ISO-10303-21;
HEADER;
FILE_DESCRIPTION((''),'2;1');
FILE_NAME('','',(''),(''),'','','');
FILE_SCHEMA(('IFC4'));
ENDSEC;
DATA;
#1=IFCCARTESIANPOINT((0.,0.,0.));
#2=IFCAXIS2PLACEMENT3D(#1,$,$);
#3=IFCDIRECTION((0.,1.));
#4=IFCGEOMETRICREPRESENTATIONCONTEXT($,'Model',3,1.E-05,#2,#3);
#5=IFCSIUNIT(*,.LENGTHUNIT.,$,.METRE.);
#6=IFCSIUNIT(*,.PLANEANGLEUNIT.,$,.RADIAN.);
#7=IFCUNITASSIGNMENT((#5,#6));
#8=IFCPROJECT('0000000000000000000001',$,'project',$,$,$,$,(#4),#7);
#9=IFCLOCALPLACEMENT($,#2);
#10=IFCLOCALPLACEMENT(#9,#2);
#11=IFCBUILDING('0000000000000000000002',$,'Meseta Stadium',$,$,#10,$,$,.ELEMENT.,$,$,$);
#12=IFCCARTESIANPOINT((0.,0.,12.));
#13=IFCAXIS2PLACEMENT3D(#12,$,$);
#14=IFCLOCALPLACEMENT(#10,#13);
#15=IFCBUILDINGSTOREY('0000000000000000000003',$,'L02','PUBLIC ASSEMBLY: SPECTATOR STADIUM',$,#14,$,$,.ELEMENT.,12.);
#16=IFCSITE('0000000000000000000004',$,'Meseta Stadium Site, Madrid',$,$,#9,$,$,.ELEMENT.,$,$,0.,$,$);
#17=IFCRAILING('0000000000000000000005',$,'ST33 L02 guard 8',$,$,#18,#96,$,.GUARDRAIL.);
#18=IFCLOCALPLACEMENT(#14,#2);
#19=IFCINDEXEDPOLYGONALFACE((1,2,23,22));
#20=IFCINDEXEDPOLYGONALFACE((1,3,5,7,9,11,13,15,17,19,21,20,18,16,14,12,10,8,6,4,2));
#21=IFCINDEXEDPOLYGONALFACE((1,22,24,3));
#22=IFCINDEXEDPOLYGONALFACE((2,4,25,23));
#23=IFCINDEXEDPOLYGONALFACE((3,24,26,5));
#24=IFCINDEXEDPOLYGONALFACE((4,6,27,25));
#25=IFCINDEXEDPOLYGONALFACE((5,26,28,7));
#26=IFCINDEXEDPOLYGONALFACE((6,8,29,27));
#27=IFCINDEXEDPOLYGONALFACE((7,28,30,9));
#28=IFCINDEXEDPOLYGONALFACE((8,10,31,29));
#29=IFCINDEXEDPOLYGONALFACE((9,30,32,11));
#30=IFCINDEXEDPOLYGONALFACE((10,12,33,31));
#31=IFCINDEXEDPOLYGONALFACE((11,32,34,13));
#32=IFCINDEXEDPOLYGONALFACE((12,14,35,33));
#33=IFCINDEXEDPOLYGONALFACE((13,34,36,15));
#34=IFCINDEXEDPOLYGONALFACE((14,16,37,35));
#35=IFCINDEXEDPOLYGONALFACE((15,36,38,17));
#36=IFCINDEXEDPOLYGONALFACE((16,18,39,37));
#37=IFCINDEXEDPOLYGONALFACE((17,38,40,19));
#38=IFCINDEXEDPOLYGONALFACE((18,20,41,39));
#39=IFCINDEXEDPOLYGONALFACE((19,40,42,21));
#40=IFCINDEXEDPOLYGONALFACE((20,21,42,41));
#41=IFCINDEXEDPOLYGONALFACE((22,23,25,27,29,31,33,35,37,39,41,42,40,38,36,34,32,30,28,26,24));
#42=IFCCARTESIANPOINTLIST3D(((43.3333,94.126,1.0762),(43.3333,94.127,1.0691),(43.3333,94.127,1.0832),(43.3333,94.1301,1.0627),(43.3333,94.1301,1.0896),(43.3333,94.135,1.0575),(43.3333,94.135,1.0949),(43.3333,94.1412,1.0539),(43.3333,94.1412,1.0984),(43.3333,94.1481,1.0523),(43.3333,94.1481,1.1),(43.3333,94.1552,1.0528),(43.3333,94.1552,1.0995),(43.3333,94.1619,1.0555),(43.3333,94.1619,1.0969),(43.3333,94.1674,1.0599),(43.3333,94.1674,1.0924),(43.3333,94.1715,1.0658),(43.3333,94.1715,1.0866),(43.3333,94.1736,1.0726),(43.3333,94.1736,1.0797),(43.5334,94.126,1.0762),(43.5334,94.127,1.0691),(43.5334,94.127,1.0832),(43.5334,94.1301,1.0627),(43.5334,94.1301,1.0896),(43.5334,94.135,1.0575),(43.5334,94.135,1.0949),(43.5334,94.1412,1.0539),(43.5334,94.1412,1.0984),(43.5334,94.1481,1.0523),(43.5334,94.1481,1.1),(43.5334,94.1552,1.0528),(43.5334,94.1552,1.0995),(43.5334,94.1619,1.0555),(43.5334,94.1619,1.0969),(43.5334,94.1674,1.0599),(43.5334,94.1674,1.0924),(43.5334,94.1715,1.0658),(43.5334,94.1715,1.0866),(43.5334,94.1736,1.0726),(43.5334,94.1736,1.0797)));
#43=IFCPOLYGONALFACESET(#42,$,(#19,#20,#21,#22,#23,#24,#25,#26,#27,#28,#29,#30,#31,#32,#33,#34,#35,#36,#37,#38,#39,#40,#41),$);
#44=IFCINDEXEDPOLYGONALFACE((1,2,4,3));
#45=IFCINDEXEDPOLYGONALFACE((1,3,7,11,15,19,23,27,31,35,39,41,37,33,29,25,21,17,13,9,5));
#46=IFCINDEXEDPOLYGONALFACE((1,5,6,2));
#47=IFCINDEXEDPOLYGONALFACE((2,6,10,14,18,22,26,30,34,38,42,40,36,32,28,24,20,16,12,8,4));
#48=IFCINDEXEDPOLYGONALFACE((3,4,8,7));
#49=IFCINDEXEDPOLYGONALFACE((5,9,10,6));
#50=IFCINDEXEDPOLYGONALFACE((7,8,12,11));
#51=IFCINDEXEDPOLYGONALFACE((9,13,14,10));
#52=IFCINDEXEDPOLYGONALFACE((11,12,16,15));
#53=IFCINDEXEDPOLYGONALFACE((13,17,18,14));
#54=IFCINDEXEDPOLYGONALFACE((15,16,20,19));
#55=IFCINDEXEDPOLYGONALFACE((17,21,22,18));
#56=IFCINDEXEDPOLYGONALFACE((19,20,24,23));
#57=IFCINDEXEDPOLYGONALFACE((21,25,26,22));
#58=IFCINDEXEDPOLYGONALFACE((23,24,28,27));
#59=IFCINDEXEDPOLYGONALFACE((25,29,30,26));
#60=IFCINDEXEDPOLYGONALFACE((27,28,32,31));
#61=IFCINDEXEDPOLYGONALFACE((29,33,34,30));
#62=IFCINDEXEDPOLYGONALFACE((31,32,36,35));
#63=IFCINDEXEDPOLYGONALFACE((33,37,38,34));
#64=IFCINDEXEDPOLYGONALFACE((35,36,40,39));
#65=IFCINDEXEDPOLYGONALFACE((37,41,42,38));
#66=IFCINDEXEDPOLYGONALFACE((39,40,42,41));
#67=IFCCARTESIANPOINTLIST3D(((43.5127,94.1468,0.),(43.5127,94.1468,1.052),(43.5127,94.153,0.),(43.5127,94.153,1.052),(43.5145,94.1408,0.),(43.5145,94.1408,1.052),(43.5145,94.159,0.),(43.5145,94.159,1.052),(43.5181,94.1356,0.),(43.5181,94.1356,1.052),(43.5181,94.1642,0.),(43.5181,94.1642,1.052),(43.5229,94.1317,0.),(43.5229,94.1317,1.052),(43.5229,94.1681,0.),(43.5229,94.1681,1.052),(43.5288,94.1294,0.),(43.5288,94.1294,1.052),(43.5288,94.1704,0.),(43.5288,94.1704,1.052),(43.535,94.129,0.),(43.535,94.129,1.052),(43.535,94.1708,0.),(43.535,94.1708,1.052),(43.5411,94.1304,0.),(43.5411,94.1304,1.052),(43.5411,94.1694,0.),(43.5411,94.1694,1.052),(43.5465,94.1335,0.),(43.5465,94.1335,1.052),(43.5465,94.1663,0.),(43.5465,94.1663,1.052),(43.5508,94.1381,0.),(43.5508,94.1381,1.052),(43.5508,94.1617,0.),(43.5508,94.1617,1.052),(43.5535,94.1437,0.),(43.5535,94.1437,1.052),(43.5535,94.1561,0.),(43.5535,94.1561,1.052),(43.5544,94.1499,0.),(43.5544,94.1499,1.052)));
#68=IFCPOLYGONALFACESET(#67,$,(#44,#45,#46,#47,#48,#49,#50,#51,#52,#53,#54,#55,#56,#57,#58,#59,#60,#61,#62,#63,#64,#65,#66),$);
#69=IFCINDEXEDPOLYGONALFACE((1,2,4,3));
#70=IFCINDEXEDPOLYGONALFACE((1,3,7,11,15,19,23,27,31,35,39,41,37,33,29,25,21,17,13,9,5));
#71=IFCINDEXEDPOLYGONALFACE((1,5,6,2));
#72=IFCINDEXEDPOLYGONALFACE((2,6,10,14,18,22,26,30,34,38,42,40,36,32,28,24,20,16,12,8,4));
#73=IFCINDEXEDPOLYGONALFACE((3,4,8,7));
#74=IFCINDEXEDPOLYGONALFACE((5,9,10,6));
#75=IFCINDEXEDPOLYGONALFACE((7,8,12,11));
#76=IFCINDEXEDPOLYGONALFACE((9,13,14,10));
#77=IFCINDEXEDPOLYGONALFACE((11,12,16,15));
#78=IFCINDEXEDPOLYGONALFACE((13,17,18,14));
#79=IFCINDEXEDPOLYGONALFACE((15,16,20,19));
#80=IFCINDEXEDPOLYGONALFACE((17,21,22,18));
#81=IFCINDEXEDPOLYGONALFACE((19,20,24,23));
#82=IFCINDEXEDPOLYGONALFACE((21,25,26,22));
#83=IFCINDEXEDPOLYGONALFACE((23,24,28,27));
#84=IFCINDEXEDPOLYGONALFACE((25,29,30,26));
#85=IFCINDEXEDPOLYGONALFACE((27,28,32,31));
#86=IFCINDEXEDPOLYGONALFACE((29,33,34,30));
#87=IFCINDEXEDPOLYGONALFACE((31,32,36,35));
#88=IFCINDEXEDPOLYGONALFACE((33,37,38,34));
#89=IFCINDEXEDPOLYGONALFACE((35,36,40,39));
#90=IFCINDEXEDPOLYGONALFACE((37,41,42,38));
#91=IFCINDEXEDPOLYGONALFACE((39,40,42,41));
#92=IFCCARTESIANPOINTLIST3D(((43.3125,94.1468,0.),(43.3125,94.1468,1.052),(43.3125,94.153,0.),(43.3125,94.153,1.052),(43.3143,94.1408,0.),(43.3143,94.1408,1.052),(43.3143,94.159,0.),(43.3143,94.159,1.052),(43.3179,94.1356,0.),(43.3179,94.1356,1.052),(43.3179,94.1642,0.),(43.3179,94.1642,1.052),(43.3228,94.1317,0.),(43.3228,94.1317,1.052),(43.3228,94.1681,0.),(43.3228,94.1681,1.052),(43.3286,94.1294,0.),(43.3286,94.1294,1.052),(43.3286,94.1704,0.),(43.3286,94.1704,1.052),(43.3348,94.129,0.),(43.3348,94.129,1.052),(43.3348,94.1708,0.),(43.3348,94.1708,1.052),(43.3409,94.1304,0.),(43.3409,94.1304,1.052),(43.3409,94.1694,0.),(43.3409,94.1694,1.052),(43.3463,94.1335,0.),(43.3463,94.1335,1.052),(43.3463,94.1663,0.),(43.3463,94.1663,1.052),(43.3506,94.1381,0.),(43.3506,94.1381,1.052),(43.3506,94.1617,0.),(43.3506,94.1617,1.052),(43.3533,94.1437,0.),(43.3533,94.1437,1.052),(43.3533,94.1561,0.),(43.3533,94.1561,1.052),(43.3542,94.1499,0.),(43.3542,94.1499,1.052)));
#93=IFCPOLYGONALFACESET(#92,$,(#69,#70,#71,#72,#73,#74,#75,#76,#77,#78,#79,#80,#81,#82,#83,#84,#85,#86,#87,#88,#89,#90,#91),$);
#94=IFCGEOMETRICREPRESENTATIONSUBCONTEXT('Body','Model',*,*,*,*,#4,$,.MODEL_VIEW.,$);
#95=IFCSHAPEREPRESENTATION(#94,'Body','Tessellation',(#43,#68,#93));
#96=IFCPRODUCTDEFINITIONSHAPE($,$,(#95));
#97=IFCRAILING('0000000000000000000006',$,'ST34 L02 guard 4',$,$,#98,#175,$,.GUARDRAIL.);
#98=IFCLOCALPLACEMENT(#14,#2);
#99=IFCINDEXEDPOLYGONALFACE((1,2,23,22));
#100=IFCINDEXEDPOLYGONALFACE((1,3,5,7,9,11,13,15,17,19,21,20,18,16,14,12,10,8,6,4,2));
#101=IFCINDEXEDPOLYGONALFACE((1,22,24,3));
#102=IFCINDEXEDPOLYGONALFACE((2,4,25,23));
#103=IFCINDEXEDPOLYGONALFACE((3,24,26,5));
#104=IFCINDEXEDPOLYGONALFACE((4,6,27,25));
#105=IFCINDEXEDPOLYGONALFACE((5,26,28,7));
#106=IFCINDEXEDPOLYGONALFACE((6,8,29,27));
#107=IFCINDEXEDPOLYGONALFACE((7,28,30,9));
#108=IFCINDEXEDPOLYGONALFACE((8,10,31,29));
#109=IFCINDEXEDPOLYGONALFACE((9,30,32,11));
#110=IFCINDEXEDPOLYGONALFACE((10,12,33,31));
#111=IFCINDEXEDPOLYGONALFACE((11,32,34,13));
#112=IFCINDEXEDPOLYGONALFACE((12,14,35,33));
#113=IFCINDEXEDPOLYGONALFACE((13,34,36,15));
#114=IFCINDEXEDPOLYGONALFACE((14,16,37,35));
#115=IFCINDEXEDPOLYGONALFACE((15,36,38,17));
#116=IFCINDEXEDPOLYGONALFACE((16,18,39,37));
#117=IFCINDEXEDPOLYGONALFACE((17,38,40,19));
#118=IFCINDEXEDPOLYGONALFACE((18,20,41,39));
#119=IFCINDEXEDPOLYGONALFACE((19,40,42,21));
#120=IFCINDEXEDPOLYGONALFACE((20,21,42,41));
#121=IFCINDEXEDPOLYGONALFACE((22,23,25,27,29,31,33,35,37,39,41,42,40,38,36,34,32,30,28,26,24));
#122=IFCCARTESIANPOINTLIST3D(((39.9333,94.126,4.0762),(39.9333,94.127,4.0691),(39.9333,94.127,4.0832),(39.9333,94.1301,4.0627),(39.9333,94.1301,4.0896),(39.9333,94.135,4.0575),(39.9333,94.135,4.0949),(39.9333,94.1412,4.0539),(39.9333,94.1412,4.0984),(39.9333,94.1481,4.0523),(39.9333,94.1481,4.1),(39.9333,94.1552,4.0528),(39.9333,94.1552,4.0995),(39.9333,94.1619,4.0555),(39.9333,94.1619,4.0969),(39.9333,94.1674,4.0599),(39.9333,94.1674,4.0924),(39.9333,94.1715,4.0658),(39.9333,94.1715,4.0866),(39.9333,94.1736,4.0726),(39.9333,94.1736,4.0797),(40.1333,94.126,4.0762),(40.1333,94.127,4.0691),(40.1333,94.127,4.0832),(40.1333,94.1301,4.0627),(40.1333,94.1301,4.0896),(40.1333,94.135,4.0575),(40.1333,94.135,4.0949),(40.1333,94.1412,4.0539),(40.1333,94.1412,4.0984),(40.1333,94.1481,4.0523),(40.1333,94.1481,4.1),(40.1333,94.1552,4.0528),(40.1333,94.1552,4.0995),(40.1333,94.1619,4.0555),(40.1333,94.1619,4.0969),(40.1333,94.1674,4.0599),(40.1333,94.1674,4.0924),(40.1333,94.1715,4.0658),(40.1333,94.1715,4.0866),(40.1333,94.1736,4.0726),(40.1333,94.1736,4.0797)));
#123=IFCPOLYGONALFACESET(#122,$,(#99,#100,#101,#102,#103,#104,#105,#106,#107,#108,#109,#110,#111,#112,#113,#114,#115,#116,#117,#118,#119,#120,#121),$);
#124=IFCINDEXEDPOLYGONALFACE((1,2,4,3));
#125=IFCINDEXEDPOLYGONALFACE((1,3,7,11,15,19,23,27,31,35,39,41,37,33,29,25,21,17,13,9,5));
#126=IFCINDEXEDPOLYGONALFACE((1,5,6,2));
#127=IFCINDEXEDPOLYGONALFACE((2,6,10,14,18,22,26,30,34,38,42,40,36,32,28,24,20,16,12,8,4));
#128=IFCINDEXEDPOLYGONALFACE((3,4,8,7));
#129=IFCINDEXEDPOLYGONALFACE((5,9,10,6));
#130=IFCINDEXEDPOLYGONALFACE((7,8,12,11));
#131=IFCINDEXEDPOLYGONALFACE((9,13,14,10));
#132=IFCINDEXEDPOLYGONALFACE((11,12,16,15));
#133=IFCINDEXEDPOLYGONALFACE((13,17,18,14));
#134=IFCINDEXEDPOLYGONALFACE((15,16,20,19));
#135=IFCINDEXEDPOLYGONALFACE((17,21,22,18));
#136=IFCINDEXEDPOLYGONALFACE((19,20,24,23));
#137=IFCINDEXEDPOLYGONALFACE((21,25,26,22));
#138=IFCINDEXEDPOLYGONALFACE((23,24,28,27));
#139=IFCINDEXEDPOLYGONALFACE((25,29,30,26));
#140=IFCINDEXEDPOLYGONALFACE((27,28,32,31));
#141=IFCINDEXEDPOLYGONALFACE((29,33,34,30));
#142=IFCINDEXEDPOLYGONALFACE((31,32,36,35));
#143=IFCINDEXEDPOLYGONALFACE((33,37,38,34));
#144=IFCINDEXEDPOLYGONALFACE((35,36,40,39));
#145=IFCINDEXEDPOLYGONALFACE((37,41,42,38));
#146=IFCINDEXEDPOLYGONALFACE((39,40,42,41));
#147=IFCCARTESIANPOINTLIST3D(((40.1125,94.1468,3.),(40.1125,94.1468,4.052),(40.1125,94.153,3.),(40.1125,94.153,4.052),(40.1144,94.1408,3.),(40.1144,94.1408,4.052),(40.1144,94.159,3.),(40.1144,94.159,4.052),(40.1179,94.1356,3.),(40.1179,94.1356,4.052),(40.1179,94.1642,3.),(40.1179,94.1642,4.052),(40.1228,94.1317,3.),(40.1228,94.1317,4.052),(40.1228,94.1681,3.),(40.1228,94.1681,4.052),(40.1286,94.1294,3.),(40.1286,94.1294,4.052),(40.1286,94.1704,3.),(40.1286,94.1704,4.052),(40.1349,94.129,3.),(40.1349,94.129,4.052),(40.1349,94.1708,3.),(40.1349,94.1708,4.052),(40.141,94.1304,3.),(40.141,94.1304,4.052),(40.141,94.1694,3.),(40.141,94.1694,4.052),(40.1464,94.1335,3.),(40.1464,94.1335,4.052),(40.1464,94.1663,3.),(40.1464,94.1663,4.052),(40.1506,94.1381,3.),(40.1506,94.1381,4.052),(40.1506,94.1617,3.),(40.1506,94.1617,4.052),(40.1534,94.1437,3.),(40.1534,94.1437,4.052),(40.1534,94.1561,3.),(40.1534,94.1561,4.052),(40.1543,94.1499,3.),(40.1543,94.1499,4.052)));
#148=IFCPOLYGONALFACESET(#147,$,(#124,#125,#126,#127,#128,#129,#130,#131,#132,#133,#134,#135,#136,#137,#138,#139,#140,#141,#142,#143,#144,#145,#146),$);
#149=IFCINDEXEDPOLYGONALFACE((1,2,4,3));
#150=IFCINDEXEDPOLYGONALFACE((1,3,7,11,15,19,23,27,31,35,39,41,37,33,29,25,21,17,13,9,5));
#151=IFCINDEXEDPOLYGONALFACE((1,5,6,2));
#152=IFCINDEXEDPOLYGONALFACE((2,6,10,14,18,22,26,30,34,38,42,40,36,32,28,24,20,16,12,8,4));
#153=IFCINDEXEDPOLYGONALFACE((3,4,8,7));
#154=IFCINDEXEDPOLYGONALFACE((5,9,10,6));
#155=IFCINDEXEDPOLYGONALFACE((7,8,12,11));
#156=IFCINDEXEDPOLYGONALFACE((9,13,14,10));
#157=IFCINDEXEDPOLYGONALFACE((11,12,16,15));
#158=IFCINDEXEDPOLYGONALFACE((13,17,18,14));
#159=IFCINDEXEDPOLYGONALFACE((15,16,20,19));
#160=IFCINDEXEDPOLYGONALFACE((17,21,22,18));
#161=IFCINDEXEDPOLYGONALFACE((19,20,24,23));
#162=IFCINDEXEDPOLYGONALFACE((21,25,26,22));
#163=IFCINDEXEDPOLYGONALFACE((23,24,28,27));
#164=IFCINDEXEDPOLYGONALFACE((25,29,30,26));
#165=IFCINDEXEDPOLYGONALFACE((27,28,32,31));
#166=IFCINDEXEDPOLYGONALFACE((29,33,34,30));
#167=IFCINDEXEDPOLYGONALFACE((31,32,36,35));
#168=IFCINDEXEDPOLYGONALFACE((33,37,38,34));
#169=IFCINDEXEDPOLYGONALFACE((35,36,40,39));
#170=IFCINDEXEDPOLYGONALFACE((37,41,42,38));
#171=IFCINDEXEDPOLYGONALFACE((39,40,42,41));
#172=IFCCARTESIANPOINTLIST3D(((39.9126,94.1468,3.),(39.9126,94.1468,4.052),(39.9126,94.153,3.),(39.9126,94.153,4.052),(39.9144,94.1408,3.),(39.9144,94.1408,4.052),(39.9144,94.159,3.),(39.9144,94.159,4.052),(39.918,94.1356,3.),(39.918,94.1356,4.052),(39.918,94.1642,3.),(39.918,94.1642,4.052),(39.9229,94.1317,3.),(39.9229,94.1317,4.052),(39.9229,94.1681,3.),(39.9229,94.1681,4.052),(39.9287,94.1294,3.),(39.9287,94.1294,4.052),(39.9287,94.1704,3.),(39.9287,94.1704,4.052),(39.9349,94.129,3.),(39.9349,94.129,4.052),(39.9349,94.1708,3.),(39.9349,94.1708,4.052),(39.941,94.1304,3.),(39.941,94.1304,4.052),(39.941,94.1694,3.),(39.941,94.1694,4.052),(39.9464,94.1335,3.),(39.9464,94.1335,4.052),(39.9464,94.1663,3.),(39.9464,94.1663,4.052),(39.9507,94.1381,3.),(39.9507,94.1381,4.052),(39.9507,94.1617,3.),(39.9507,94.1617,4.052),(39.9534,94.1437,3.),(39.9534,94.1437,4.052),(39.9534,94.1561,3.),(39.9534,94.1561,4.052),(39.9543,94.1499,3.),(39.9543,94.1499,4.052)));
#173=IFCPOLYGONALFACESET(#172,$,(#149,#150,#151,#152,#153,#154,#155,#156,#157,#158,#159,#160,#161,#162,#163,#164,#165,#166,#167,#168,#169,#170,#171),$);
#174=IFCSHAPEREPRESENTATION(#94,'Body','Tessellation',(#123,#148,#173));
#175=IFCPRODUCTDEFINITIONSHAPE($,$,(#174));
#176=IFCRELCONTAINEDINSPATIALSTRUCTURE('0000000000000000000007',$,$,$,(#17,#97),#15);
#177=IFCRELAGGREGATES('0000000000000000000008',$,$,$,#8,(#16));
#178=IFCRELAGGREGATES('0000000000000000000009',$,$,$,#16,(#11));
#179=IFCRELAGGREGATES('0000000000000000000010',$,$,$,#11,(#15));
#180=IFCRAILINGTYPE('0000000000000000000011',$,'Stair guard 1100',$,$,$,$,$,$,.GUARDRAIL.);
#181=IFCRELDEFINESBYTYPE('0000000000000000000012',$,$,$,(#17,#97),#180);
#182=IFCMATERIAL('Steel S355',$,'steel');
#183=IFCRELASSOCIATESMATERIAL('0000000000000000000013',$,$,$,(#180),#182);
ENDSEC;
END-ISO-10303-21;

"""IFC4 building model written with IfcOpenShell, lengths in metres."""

from ifc_helpers import new_model, si_unit, direction, frame, origin, origin_2d, place, context, subcontext, project, spatial, circle, extrude, material, type_object, element, save


model = new_model("IFC4")

# Units and contexts
model_context = context("Model", 3, precision=1e-05, world=origin(), true_north=direction((0.0, 1.0)))
body_context = subcontext(model_context, "Body", "Model", "MODEL_VIEW")
ifc_project = project(units=[si_unit("LENGTHUNIT", "METRE"), si_unit("PLANEANGLEUNIT", "RADIAN")], contexts=[model_context])

# Site, building, storey
site_placement = place(None, origin())
site = spatial("IfcSite", under=ifc_project, at=site_placement, Name="Meseta Stadium Site, Madrid", CompositionType="ELEMENT", RefElevation=0.0)
building_placement = place(site_placement, origin())
building = spatial("IfcBuilding", under=site, at=building_placement, Name="Meseta Stadium", CompositionType="ELEMENT")
storey_placement = place(building_placement, frame((0.0, 0.0, 12.0)))
storey = spatial("IfcBuildingStorey", under=building, at=storey_placement, Name="L02", Description="PUBLIC ASSEMBLY: SPECTATOR STADIUM", CompositionType="ELEMENT", Elevation=12.0)

# Railings
ifc_material_1 = material(Name="Steel S355", Category="steel")
railing_type_1 = type_object("IfcRailingType", Name="Stair guard 1100", PredefinedType="GUARDRAIL", material=ifc_material_1)
for number, where, name in (
    (1, (43.5334, 94.1499, 0.0), "ST33 L02 guard 8"),
):
    element("IfcRailing", number, at=place(storey_placement, frame(where)), inside=storey, type_object=railing_type_1, Name=name, PredefinedType="GUARDRAIL", context=body_context, shape_type="SweptSolid", body=[
        extrude(circle(Radius=0.0239, at=origin_2d()), frame((0.0, 0.0, 1.0762), z_axis=(-1.0, 0.0, 0.0), x_axis=(0.0, -1.0, 0.0)), (0.0, 0.0, 1.0), 0.2002),
        extrude(circle(Radius=0.021, at=origin_2d()), origin(), (0.0, 0.0, 1.0), 1.052),
        extrude(circle(Radius=0.021, at=origin_2d()), frame((-0.2002, 0.0, 0.0)), (0.0, 0.0, 1.0), 1.052),
    ])
for number, where, name in (
    (2, (40.1333, 94.1499, 3.0), "ST34 L02 guard 4"),
):
    element("IfcRailing", number, at=place(storey_placement, frame(where)), inside=storey, type_object=railing_type_1, Name=name, PredefinedType="GUARDRAIL", context=body_context, shape_type="SweptSolid", body=[
        extrude(circle(Radius=0.0239, at=origin_2d()), frame((0.0, 0.0, 1.0762), z_axis=(-1.0, 0.0, 0.0), x_axis=(0.0, -1.0, 0.0)), (0.0, 0.0, 1.0), 0.2),
        extrude(circle(Radius=0.021, at=origin_2d()), origin(), (0.0, 0.0, 1.0), 1.052),
        extrude(circle(Radius=0.021, at=origin_2d()), frame((-0.2, 0.0, 0.0)), (0.0, 0.0, 1.0), 1.052),
    ])

save(model, "model.ifc")
